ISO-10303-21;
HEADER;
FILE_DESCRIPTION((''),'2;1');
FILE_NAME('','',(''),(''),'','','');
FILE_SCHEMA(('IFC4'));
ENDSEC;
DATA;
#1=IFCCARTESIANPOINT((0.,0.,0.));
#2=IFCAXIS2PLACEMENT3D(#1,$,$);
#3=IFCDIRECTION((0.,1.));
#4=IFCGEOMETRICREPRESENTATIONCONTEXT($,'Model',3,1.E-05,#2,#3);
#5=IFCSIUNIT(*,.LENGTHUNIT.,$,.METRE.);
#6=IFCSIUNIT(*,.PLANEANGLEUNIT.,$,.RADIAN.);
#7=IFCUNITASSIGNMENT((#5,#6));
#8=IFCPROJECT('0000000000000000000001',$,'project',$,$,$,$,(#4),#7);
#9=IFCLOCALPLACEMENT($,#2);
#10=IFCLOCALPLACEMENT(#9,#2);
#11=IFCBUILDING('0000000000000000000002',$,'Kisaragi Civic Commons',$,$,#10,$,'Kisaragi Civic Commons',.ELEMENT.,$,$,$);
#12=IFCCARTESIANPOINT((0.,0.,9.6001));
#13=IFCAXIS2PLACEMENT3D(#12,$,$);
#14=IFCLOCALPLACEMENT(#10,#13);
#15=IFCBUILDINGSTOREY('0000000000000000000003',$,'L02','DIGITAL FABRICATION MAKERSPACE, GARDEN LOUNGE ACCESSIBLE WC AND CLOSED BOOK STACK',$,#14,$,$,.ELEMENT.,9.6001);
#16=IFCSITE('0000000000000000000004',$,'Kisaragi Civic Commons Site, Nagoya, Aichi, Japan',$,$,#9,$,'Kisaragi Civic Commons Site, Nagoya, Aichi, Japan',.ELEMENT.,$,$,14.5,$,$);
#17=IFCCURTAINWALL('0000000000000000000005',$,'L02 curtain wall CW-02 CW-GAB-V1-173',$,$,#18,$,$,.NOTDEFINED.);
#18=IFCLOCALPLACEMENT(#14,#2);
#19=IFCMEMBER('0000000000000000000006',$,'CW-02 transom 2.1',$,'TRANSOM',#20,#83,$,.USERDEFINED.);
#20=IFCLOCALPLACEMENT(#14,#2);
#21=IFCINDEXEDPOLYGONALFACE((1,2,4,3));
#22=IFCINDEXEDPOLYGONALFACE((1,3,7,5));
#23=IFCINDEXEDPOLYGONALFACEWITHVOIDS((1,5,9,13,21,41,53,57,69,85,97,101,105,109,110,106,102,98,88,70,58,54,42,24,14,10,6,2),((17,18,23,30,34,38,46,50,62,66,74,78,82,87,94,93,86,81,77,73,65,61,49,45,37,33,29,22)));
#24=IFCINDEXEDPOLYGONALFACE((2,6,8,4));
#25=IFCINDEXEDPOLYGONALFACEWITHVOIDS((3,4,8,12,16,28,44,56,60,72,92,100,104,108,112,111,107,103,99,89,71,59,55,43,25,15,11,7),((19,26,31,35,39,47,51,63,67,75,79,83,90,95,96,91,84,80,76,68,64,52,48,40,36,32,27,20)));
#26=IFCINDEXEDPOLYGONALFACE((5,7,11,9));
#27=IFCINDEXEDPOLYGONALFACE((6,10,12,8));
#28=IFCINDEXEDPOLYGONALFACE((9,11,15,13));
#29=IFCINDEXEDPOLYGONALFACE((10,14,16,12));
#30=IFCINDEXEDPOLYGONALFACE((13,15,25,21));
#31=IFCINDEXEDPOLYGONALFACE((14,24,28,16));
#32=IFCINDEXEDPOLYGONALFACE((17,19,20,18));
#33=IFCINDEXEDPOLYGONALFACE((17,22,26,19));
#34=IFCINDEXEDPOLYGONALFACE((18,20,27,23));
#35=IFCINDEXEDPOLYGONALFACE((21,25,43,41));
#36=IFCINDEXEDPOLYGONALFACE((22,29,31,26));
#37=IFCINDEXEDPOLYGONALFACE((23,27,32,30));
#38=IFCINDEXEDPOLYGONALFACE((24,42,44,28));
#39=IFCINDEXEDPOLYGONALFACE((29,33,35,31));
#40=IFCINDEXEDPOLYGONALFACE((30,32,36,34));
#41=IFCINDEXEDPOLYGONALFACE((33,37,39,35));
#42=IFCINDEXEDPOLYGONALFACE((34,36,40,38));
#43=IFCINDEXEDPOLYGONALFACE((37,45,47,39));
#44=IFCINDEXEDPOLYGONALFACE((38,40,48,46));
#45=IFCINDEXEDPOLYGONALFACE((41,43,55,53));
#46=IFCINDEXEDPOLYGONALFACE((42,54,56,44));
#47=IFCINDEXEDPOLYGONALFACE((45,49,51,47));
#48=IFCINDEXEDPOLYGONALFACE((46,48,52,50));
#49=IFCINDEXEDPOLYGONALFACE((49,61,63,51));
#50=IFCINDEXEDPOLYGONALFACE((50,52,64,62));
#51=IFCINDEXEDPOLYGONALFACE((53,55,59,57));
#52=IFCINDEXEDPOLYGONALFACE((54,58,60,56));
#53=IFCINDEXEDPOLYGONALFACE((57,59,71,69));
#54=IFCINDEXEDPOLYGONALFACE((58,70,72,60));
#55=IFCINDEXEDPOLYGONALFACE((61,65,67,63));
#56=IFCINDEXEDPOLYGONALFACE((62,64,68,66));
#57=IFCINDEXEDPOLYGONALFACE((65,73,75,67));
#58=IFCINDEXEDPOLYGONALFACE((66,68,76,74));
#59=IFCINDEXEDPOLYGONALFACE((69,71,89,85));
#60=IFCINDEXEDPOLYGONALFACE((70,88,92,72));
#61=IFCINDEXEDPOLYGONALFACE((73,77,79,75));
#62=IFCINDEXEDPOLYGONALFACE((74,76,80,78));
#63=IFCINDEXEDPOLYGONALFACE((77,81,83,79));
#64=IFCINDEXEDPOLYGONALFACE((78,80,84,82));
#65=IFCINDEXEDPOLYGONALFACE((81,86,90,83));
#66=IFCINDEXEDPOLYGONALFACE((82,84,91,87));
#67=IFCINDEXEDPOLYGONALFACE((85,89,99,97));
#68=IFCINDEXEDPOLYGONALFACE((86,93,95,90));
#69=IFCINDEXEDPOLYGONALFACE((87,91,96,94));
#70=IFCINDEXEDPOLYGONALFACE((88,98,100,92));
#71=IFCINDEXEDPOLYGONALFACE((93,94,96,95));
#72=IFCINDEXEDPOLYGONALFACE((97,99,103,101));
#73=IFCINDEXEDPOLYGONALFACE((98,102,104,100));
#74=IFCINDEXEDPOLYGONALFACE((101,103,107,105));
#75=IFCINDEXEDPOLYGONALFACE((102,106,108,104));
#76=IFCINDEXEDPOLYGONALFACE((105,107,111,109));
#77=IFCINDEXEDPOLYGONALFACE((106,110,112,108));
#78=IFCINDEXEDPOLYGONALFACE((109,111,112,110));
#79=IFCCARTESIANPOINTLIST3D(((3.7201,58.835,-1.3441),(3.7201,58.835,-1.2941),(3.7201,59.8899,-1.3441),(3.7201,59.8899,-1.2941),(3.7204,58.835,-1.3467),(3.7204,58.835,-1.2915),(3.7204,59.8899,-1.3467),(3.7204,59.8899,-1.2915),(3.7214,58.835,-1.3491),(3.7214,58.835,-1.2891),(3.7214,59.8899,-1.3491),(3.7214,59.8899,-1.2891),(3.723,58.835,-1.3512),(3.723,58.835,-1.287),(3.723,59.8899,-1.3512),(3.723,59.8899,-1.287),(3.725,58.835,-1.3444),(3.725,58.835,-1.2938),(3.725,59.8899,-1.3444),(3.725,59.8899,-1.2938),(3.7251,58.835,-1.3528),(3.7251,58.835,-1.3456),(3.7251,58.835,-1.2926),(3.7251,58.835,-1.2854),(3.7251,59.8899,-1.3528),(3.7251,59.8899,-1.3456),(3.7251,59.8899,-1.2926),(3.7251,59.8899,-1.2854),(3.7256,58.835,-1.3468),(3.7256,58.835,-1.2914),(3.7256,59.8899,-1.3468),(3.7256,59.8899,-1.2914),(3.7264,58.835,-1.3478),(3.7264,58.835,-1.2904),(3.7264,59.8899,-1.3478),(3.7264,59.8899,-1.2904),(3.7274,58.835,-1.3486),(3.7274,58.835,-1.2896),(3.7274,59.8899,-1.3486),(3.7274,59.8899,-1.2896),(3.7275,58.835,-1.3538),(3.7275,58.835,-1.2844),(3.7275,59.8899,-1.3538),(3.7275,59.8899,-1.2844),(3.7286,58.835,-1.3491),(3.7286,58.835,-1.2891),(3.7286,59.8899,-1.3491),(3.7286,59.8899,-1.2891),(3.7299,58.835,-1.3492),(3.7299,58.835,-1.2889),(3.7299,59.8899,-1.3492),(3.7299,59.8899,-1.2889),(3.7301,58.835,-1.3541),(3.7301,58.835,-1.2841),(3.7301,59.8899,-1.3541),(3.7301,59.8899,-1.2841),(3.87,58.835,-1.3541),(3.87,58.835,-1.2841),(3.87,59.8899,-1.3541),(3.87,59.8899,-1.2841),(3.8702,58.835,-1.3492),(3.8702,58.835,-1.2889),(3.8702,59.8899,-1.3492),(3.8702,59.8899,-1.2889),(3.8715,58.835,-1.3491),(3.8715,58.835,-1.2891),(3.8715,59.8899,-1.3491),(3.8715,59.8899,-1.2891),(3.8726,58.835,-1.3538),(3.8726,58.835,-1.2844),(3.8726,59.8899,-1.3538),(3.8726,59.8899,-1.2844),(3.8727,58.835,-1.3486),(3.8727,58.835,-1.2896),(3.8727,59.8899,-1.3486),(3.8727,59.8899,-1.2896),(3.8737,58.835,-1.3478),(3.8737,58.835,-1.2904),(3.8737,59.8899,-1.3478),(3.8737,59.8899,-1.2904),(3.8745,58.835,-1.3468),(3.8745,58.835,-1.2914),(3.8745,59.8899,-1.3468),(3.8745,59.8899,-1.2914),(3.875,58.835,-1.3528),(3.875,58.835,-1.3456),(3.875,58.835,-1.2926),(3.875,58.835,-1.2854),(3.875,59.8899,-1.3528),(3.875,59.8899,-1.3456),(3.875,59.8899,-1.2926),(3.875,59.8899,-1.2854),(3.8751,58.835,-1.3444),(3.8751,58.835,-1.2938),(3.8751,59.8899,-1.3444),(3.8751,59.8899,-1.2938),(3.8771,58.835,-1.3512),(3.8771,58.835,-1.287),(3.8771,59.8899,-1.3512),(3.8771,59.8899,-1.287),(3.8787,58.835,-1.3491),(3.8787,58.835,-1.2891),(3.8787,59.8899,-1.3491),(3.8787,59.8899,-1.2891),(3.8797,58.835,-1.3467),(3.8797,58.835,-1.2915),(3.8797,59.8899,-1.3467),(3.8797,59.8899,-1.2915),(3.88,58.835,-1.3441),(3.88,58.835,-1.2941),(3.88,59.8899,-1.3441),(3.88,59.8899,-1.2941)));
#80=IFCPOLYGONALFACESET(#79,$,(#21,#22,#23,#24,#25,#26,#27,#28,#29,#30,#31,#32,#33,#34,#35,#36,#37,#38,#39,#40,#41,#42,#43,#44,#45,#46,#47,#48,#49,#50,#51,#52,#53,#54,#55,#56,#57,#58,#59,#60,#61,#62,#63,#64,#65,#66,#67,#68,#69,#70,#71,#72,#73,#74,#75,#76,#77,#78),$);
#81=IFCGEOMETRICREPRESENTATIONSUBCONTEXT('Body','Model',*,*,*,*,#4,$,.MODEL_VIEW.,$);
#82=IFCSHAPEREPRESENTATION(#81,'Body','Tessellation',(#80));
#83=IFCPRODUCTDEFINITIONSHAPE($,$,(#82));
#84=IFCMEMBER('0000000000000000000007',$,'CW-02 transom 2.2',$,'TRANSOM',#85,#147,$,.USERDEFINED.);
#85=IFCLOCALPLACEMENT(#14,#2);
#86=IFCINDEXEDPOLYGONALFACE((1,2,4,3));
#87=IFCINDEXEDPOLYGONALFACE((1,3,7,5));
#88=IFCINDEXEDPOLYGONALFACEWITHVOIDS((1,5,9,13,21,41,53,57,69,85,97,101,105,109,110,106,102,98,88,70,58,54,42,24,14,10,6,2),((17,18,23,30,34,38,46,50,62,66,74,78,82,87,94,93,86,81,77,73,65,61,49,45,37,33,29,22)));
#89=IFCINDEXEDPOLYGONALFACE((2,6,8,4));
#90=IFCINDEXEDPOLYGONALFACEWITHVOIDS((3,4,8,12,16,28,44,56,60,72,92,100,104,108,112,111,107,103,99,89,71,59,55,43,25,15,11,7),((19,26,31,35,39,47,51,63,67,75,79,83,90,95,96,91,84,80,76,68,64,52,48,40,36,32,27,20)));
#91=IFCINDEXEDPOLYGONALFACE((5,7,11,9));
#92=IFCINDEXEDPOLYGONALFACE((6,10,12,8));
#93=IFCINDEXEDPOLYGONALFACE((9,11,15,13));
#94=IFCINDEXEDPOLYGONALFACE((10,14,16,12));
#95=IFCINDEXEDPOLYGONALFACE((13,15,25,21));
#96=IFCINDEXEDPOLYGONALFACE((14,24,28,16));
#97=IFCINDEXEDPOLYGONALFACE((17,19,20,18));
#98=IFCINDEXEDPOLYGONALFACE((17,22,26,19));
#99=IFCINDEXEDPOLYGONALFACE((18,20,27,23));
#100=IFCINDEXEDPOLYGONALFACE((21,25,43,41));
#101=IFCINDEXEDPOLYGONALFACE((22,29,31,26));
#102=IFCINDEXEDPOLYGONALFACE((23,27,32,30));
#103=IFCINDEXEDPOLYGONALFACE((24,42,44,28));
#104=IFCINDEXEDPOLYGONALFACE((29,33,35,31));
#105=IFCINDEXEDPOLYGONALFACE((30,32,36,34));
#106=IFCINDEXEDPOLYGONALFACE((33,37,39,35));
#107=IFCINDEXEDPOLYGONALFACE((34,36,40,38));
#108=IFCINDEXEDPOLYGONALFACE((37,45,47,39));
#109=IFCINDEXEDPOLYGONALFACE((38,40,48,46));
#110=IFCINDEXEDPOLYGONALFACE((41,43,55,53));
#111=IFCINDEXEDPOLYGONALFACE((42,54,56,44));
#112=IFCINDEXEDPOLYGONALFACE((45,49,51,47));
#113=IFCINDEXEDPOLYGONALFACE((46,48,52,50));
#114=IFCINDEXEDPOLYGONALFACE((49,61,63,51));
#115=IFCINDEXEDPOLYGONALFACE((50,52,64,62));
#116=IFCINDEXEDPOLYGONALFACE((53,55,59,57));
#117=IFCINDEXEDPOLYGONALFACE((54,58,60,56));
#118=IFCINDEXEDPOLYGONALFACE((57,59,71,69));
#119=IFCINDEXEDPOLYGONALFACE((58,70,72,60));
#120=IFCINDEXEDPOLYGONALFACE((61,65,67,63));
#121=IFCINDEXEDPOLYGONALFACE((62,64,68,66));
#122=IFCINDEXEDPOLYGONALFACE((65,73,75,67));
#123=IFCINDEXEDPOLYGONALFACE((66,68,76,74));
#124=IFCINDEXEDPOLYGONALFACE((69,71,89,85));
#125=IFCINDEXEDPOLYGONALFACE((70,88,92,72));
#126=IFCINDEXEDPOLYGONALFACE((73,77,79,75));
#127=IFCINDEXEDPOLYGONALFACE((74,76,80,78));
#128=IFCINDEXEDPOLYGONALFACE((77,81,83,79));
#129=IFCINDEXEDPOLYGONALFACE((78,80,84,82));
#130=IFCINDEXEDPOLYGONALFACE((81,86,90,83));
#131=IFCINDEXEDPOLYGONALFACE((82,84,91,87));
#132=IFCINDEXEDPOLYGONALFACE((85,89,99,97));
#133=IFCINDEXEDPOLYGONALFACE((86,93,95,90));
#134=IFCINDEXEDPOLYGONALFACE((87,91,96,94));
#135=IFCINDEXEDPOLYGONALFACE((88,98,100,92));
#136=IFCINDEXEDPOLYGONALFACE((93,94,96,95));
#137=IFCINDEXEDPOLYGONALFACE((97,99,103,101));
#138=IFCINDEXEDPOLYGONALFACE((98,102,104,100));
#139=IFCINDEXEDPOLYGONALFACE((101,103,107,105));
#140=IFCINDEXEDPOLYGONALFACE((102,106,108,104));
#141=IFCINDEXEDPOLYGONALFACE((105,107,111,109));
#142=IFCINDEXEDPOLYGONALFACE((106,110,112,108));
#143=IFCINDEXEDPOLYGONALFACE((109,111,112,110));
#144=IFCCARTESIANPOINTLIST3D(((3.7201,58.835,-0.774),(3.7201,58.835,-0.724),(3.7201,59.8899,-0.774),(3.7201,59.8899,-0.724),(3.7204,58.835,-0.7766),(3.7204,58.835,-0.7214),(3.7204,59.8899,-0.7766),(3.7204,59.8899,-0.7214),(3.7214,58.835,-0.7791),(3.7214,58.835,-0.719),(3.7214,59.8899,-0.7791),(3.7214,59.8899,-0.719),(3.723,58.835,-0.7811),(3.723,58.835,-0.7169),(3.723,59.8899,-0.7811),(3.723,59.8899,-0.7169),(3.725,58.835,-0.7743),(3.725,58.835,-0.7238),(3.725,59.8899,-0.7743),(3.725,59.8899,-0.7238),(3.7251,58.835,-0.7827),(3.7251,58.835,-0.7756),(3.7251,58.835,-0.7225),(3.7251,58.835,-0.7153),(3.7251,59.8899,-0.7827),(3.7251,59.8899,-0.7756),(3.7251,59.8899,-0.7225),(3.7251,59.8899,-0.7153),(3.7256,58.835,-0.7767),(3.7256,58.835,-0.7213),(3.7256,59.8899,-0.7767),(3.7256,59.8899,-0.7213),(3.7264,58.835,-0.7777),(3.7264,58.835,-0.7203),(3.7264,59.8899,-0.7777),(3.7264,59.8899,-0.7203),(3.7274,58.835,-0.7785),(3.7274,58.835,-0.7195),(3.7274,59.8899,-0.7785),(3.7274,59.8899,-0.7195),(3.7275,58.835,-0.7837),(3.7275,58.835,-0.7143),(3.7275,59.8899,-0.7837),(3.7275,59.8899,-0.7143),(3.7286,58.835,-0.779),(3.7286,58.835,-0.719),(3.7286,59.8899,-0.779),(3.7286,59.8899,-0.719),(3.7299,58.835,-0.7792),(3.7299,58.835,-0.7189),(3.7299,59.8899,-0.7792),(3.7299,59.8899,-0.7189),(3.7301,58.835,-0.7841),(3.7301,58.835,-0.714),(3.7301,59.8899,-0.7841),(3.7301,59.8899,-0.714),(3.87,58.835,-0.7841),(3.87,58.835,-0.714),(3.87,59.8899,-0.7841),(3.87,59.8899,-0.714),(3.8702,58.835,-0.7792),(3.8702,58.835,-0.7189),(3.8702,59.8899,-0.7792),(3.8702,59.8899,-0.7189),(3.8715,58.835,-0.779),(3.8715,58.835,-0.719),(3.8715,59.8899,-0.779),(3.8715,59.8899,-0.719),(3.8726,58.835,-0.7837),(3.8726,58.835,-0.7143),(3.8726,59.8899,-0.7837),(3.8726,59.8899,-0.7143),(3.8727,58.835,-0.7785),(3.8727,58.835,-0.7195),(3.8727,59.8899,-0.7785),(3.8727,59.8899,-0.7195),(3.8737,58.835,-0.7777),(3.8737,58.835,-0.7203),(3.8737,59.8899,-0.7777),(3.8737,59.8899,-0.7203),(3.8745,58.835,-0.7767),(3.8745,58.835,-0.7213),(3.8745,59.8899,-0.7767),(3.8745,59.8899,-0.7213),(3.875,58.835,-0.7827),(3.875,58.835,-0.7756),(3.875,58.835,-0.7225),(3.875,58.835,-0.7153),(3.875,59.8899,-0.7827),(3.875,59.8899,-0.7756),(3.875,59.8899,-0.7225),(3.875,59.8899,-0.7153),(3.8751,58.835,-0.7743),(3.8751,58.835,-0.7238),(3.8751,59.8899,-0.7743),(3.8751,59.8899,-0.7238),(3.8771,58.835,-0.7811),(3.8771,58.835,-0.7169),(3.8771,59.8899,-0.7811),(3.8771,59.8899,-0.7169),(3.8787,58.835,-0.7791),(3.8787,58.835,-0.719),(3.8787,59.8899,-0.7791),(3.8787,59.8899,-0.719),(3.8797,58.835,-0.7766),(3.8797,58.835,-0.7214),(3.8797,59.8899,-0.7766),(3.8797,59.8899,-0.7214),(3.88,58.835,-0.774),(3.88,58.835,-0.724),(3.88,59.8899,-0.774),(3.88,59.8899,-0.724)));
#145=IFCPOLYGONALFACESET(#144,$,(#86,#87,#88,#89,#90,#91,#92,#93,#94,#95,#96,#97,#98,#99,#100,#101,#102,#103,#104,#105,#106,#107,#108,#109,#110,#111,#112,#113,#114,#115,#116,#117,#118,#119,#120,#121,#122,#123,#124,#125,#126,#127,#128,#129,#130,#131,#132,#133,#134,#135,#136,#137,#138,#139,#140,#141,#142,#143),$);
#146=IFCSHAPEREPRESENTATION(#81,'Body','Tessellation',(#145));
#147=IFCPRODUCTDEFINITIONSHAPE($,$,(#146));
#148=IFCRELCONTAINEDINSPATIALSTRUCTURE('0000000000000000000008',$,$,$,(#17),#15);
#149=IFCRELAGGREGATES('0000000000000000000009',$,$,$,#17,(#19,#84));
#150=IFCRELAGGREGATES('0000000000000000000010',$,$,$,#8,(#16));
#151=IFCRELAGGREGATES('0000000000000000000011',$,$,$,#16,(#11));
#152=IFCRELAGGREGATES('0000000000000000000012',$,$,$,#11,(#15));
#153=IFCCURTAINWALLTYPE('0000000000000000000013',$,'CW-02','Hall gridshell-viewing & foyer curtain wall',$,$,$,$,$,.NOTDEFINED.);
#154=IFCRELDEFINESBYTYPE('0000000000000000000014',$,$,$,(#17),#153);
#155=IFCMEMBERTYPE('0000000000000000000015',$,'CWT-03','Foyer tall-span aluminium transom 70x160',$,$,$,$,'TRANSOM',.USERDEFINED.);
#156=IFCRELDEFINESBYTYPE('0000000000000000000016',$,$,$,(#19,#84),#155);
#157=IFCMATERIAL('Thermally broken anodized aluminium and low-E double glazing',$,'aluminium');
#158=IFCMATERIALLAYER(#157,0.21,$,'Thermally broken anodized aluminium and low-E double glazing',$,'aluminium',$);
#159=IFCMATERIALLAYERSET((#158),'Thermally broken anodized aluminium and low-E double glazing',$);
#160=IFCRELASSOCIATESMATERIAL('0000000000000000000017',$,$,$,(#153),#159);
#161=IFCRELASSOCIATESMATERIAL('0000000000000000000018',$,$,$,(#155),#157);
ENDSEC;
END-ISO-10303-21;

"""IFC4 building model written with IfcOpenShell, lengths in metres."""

from ifc_helpers import new_model, si_unit, direction, frame, origin, origin_2d, place, context, subcontext, project, spatial, hollow_rectangle, extrude, material, layer, layer_set, material_profile, profile_set, type_object, element, aggregate, save


model = new_model("IFC4")

# Units and contexts
model_context = context("Model", 3, precision=1e-05, world=origin(), true_north=direction((0.0, 1.0)))
body_context = subcontext(model_context, "Body", "Model", "MODEL_VIEW")
ifc_project = project(units=[si_unit("LENGTHUNIT", "METRE"), si_unit("PLANEANGLEUNIT", "RADIAN")], contexts=[model_context])

# Site, building, storey
site_placement = place(None, origin())
site = spatial("IfcSite", under=ifc_project, at=site_placement, Name="Kisaragi Civic Commons Site, Nagoya, Aichi, Japan", LongName="Kisaragi Civic Commons Site, Nagoya, Aichi, Japan", CompositionType="ELEMENT", RefElevation=14.5)
building_placement = place(site_placement, origin())
building = spatial("IfcBuilding", under=site, at=building_placement, Name="Kisaragi Civic Commons", LongName="Kisaragi Civic Commons", CompositionType="ELEMENT")
storey_placement = place(building_placement, frame((0.0, 0.0, 9.6001)))
storey = spatial("IfcBuildingStorey", under=building, at=storey_placement, Name="L02", Description="DIGITAL FABRICATION MAKERSPACE, GARDEN LOUNGE ACCESSIBLE WC AND CLOSED BOOK STACK", CompositionType="ELEMENT", Elevation=9.6001)

# Curtain wall
ifc_material_1 = material(Name="Thermally broken anodized aluminium and low-E double glazing", Category="aluminium")
ifc_layer_1 = layer(ifc_material_1, 0.21, Name="Thermally broken anodized aluminium and low-E double glazing", Category="aluminium")
ifc_layer_set_1 = layer_set([ifc_layer_1], Name="Thermally broken anodized aluminium and low-E double glazing")
curtain_wall_type_1 = type_object("IfcCurtainWallType", Name="CW-02", Description="Hall gridshell-viewing & foyer curtain wall", PredefinedType="NOTDEFINED", material=ifc_layer_set_1)
curtain_wall_1_placement = place(storey_placement, origin())
curtain_wall_1 = element("IfcCurtainWall", 1, at=curtain_wall_1_placement, inside=storey, type_object=curtain_wall_type_1, Name="L02 curtain wall CW-02 CW-GAB-V1-173", PredefinedType="NOTDEFINED")

# Members
ifc_material_profile_1 = material_profile(ifc_material_1, hollow_rectangle(XDim=0.1599, YDim=0.0701, WallThickness=0.0049, InnerFilletRadius=0.0049, OuterFilletRadius=0.01, at=origin_2d()), Name="CWT-70x160x5", Category="aluminium")
ifc_profile_set_1 = profile_set([ifc_material_profile_1], Name="Thermally broken anodized aluminium and low-E double glazing")
member_type_1 = type_object("IfcMemberType", Name="CWT-03", Description="Foyer tall-span aluminium transom 70x160", ElementType="TRANSOM", PredefinedType="USERDEFINED", material=ifc_profile_set_1)
member_1_placement = place(storey_placement, frame((3.8, 58.835, -1.3191), z_axis=(0.0, 1.0, 0.0), x_axis=(-1.0, 0.0, 0.0)))
member_1 = element("IfcMember", 2, at=member_1_placement, type_object=member_type_1, Name="CW-02 transom 2.1", ObjectType="TRANSOM", PredefinedType="USERDEFINED", context=body_context, shape_type="SweptSolid", body=[
    extrude(hollow_rectangle(XDim=0.1599, YDim=0.0701, WallThickness=0.0049, InnerFilletRadius=0.0049, OuterFilletRadius=0.01, at=origin_2d()), origin(), (0.0, 0.0, 1.0), 1.0549),
])
member_2_placement = place(storey_placement, frame((3.8, 58.835, -0.749), z_axis=(0.0, 1.0, 0.0), x_axis=(-1.0, 0.0, 0.0)))
member_2 = element("IfcMember", 3, at=member_2_placement, type_object=member_type_1, Name="CW-02 transom 2.2", ObjectType="TRANSOM", PredefinedType="USERDEFINED", context=body_context, shape_type="SweptSolid", body=[
    extrude(hollow_rectangle(XDim=0.1599, YDim=0.0701, WallThickness=0.0049, InnerFilletRadius=0.0049, OuterFilletRadius=0.01, at=origin_2d()), origin(), (0.0, 0.0, 1.0), 1.0549),
])

aggregate(curtain_wall_1, [member_1, member_2])

save(model, "model.ifc")
